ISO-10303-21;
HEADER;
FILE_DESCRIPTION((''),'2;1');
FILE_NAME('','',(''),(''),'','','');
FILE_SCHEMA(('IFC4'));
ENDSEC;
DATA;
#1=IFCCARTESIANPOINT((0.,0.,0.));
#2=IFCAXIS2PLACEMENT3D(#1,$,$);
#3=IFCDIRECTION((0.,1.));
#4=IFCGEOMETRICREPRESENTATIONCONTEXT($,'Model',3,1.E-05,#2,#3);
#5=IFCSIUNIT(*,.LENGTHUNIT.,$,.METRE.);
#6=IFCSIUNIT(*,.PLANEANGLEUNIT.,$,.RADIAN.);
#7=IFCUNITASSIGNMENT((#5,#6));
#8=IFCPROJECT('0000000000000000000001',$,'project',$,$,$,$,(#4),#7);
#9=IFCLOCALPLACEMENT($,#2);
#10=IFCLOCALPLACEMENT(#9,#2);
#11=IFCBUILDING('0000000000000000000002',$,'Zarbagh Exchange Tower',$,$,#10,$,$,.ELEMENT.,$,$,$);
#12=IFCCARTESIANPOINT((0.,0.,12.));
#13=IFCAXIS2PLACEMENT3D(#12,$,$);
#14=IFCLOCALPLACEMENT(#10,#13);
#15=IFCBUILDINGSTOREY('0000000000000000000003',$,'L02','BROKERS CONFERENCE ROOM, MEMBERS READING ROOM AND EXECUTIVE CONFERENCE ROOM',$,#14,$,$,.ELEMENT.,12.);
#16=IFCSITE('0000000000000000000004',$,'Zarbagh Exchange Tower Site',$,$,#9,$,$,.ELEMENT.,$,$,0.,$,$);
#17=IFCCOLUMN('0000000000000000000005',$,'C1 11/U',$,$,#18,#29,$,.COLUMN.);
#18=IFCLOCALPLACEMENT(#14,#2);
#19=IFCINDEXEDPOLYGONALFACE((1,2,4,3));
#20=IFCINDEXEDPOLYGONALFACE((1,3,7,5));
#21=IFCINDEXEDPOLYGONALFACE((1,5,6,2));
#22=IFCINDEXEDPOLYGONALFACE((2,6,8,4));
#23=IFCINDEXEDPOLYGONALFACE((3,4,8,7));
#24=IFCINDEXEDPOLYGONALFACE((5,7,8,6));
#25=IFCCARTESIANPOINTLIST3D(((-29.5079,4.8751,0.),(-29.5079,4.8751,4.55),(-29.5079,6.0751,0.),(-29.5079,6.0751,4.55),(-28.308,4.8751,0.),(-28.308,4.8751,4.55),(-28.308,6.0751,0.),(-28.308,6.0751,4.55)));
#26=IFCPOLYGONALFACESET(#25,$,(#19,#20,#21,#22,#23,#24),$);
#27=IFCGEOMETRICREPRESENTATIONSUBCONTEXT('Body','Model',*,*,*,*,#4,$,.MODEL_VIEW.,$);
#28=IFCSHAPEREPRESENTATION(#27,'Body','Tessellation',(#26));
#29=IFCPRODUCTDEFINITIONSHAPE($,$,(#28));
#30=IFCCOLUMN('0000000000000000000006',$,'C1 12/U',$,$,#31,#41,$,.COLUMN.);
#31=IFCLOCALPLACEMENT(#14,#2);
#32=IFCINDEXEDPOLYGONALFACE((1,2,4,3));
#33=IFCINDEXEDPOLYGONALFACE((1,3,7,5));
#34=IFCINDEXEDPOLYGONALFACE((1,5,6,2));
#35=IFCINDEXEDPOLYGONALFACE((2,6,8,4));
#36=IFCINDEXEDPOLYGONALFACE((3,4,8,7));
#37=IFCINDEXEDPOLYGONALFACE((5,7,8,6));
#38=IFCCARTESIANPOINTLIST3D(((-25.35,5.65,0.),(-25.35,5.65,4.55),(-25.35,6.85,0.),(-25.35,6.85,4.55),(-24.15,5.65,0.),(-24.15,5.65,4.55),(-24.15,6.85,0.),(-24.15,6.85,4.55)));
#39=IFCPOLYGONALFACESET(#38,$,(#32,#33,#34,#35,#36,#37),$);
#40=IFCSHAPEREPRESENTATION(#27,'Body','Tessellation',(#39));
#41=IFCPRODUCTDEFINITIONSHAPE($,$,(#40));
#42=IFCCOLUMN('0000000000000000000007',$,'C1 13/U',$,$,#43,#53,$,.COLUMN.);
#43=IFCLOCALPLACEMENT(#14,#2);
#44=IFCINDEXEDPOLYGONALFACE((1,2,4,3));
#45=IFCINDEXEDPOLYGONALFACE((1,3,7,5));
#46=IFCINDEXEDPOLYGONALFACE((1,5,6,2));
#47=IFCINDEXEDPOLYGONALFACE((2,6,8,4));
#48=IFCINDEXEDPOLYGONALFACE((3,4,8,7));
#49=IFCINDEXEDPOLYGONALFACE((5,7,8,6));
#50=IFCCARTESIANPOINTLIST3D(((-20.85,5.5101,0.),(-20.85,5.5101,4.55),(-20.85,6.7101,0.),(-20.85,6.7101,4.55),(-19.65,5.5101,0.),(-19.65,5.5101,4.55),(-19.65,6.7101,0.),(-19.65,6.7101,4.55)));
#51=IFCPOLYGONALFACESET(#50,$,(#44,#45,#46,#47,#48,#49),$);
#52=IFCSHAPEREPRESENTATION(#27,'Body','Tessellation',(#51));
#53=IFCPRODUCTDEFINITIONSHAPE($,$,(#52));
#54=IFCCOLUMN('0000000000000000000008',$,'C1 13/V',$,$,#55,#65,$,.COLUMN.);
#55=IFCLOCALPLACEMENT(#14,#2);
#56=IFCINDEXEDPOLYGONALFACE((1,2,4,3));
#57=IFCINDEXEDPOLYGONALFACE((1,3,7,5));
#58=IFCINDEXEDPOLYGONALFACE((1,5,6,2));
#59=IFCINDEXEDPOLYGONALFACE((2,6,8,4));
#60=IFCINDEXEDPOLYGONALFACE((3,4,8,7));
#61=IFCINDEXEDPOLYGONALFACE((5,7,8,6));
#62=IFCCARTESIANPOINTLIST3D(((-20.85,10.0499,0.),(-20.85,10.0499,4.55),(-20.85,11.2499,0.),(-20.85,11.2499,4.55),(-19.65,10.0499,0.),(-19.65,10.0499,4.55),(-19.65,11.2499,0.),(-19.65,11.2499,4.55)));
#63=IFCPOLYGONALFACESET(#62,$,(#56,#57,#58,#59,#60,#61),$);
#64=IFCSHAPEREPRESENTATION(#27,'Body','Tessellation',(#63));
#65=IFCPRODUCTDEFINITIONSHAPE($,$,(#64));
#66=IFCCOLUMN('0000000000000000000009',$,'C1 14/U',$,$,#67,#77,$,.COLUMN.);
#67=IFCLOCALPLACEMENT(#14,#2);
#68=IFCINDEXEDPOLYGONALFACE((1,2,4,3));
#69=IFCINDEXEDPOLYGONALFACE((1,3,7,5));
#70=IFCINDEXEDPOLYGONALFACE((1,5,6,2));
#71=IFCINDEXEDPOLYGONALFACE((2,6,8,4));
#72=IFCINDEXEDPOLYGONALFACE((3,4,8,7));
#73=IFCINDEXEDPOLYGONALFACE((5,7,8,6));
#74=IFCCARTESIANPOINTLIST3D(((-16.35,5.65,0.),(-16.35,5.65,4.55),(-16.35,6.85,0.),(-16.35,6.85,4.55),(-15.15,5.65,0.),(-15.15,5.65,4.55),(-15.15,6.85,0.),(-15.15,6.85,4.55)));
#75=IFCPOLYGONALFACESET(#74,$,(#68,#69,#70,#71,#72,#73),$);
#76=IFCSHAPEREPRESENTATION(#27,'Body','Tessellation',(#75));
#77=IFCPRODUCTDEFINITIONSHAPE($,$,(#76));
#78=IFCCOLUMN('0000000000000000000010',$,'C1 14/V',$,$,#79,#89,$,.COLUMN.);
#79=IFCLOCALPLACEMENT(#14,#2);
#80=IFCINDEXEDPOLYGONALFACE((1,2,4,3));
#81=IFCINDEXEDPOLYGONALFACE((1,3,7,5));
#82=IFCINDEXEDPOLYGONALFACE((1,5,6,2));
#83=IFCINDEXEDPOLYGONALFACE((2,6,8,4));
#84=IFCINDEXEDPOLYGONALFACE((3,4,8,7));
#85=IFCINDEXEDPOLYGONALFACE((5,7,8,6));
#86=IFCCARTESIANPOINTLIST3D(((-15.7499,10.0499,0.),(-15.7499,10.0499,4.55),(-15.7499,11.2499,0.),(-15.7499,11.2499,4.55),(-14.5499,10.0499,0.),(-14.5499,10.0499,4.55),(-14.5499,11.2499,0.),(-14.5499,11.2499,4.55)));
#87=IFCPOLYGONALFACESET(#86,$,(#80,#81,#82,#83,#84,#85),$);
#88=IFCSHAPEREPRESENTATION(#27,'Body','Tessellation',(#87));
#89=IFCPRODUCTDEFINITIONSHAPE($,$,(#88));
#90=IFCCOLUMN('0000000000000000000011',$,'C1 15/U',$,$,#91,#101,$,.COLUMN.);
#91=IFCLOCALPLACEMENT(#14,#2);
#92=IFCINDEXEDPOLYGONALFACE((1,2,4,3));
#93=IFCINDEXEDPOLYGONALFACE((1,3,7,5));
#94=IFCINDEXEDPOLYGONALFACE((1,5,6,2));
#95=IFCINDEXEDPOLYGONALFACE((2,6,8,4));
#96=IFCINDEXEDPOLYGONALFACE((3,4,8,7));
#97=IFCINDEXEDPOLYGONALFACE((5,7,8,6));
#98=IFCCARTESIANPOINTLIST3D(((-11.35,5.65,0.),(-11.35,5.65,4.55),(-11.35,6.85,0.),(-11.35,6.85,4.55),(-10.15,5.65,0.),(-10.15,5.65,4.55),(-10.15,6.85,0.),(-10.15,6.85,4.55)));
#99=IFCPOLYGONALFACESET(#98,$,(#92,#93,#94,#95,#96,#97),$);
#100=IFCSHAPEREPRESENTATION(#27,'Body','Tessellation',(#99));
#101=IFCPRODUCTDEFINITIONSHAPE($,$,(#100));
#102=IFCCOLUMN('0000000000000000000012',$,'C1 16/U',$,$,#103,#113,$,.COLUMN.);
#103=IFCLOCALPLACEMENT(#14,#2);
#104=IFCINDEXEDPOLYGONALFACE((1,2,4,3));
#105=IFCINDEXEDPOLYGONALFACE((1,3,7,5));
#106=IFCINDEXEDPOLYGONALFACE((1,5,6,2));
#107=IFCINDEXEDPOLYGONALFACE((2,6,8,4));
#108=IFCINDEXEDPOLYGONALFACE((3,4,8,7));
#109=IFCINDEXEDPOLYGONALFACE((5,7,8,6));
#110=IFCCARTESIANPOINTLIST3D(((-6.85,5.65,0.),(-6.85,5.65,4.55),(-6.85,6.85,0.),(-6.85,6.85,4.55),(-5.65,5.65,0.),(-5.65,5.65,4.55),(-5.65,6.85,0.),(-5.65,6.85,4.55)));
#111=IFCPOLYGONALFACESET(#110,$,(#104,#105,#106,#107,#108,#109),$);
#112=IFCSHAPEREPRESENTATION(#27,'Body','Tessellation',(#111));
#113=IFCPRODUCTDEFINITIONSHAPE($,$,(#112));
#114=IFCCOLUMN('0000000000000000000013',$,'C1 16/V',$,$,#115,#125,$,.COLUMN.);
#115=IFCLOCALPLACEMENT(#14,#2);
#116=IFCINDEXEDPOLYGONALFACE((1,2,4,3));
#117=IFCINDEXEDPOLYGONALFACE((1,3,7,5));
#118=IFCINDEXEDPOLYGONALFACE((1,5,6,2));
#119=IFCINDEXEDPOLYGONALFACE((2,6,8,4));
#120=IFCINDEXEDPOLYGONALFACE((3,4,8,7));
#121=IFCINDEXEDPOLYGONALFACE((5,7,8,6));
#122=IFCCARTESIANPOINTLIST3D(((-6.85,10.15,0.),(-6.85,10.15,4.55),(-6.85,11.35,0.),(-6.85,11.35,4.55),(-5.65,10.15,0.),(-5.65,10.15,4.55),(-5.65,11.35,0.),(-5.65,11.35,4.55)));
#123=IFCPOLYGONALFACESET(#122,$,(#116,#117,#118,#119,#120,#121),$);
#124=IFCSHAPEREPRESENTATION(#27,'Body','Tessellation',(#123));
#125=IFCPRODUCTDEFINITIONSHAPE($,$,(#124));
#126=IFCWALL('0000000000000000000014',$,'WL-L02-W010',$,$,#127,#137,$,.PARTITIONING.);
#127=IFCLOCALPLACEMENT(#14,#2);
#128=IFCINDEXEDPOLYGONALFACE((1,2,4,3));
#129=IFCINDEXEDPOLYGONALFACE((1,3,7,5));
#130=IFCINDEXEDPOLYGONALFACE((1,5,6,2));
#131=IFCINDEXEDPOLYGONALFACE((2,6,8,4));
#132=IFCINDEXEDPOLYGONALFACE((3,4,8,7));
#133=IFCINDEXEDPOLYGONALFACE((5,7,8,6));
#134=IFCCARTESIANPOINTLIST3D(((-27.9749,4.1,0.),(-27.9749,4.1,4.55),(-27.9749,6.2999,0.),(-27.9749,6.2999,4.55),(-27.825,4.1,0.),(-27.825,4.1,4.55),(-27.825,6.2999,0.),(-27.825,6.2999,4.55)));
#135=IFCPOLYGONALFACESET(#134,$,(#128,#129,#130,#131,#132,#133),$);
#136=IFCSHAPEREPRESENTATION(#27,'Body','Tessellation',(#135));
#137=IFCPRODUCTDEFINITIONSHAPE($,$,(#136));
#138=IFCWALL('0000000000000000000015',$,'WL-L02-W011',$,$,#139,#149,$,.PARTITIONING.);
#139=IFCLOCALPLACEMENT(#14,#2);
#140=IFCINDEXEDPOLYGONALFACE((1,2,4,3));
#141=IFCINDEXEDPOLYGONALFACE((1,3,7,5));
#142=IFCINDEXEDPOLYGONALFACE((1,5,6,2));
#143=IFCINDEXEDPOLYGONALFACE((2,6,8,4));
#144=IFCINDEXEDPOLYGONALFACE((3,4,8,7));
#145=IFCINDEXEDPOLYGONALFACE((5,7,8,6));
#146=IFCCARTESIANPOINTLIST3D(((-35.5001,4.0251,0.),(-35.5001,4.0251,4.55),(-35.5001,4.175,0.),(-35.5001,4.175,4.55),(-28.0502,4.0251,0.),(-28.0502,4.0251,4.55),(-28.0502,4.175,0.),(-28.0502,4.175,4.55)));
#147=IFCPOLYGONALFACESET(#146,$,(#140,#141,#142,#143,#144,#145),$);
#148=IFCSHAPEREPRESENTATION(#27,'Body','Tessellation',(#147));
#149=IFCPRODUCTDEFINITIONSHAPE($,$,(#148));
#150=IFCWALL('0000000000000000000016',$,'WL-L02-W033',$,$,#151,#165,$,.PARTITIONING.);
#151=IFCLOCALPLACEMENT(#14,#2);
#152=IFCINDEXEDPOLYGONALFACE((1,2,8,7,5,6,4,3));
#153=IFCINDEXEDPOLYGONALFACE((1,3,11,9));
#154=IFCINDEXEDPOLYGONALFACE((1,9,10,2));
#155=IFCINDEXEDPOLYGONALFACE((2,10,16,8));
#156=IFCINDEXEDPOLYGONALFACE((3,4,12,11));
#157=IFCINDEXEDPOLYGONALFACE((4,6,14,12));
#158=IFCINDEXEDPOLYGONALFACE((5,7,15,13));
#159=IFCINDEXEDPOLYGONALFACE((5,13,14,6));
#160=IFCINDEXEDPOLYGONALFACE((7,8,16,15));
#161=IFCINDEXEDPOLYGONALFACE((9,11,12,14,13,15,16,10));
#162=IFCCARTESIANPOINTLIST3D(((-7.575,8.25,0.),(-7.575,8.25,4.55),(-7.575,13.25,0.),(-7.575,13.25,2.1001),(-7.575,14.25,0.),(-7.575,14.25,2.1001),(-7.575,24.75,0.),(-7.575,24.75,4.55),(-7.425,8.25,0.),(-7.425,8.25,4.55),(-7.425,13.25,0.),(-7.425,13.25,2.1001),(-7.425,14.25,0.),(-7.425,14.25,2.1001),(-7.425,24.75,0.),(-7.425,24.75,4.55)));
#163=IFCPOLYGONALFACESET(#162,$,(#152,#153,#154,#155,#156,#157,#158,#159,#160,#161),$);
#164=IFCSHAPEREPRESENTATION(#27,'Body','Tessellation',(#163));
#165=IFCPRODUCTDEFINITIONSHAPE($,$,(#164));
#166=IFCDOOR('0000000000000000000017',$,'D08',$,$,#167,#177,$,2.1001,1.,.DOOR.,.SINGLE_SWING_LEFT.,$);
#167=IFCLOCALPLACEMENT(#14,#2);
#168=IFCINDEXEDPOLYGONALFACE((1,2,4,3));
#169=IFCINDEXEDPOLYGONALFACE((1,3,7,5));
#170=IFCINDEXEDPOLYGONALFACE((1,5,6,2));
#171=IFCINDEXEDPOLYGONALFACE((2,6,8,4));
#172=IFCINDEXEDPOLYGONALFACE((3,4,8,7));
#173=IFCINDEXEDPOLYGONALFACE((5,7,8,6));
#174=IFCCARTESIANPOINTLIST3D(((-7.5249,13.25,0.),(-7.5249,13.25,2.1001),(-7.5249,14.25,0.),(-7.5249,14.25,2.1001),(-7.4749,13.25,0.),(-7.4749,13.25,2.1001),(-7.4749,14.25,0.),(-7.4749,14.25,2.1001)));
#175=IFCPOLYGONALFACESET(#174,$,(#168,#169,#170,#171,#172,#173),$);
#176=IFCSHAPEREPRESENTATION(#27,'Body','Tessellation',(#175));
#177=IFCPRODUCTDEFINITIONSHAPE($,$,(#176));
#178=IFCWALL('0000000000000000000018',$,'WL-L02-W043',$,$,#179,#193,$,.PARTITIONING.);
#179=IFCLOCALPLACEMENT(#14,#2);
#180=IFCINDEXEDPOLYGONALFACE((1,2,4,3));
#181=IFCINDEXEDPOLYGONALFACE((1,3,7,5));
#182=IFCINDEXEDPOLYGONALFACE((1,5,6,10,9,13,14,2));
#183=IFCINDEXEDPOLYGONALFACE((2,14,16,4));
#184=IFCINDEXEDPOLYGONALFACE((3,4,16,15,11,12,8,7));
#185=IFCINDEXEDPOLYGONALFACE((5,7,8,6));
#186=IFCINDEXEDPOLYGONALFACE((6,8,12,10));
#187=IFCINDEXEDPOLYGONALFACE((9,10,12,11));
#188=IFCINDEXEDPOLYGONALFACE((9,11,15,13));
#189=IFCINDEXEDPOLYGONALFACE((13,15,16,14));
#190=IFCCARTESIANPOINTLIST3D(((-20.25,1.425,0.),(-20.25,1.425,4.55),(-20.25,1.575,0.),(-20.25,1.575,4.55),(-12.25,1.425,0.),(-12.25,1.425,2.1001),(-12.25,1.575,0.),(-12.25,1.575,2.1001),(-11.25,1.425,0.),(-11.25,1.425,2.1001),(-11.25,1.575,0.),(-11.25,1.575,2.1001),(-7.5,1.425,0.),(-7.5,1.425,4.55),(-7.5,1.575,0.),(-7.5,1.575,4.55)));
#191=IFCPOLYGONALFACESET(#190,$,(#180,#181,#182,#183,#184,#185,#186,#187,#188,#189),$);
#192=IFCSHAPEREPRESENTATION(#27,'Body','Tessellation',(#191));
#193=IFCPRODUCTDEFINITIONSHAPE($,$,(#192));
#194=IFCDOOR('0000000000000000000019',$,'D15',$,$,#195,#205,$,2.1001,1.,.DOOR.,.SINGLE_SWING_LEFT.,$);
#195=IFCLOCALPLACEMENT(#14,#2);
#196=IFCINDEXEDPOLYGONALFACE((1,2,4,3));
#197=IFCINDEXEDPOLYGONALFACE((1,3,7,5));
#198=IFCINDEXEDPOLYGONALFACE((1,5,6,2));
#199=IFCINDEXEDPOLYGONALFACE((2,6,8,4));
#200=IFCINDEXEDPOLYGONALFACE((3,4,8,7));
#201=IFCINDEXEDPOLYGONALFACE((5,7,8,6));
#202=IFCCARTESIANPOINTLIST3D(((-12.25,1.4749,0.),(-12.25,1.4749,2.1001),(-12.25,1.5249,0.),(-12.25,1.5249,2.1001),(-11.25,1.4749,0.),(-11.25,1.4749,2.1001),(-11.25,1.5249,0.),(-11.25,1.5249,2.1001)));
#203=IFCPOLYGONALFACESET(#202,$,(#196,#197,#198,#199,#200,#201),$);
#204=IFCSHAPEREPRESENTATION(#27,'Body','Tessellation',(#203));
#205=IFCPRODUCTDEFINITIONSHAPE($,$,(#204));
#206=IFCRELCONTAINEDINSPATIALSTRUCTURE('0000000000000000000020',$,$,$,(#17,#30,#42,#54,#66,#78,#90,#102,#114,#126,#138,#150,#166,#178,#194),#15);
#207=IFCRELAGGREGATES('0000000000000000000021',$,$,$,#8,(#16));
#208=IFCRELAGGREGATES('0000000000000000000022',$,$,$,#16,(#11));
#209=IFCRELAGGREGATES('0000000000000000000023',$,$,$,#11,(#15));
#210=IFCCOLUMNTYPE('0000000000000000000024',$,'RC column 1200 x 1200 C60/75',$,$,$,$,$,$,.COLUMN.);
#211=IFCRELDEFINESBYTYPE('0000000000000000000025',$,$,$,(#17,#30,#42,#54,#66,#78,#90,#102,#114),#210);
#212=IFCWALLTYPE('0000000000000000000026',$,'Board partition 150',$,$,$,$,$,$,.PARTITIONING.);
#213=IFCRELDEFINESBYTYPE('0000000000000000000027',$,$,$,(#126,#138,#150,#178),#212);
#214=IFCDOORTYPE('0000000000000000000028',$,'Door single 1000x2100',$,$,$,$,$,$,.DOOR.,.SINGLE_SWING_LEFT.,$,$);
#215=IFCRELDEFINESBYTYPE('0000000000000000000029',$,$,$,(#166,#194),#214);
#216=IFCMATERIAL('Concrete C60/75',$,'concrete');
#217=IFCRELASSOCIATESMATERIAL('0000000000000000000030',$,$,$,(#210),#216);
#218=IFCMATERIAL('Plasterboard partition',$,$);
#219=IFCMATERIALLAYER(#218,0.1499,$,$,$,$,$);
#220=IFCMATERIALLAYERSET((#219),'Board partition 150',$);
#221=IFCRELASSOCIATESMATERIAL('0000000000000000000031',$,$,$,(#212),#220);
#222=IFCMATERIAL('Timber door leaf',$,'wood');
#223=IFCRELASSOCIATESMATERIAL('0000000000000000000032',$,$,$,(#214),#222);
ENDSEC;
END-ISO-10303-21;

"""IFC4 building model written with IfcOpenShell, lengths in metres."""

from ifc_helpers import new_model, si_unit, direction, frame, frame_2d, origin, origin_2d, place, context, subcontext, project, spatial, rectangle, extrude, material, layer, layer_set, material_profile, profile_set, type_object, element, fill, save


model = new_model("IFC4")

# Units and contexts
model_context = context("Model", 3, precision=1e-05, world=origin(), true_north=direction((0.0, 1.0)))
body_context = subcontext(model_context, "Body", "Model", "MODEL_VIEW")
ifc_project = project(units=[si_unit("LENGTHUNIT", "METRE"), si_unit("PLANEANGLEUNIT", "RADIAN")], contexts=[model_context])

# Site, building, storey
site_placement = place(None, origin())
site = spatial("IfcSite", under=ifc_project, at=site_placement, Name="Zarbagh Exchange Tower Site", CompositionType="ELEMENT", RefElevation=0.0)
building_placement = place(site_placement, origin())
building = spatial("IfcBuilding", under=site, at=building_placement, Name="Zarbagh Exchange Tower", CompositionType="ELEMENT")
storey_placement = place(building_placement, frame((0.0, 0.0, 12.0)))
storey = spatial("IfcBuildingStorey", under=building, at=storey_placement, Name="L02", Description="BROKERS CONFERENCE ROOM, MEMBERS READING ROOM AND EXECUTIVE CONFERENCE ROOM", CompositionType="ELEMENT", Elevation=12.0)

# Columns
ifc_material_1 = material(Name="Concrete C60/75", Category="concrete")
ifc_material_profile = material_profile(ifc_material_1, rectangle(XDim=1.2, YDim=1.2, at=origin_2d()), Name="RC column 1200 x 1200 C60/75")
ifc_profile_set = profile_set([ifc_material_profile], Name="Concrete C60/75")
column_type = type_object("IfcColumnType", Name="RC column 1200 x 1200 C60/75", PredefinedType="COLUMN", material=ifc_profile_set)
for number, where, z_axis, x_axis, name in (
    (1, (-28.908, 5.4751, 0.0), (0.0, 0.0, 1.0), (1.0, 0.0, 0.0), "C1 11/U"),
    (2, (-24.75, 6.25, 0.0), (0.0, 0.0, 1.0), (1.0, 0.0, 0.0), "C1 12/U"),
    (3, (-20.25, 6.1101, 0.0), (0.0, 0.0, 1.0), (1.0, 0.0, 0.0), "C1 13/U"),
    (4, (-20.25, 10.6499, 0.0), (0.0, 0.0, 1.0), (1.0, 0.0, 0.0), "C1 13/V"),
    (5, (-15.75, 6.25, 0.0), (0.0, 0.0, 1.0), (1.0, 0.0, 0.0), "C1 14/U"),
    (6, (-15.1499, 10.6499, 0.0), (0.0, 0.0, 1.0), (1.0, 0.0, 0.0), "C1 14/V"),
    (7, (-10.75, 6.25, 0.0), (0.0, 0.0, 1.0), (1.0, 0.0, 0.0), "C1 15/U"),
    (8, (-6.25, 6.25, 0.0), (0.0, 0.0, 1.0), (1.0, 0.0, 0.0), "C1 16/U"),
    (9, (-6.25, 10.75, 0.0), (0.0, 0.0, 1.0), (1.0, 0.0, 0.0), "C1 16/V"),
):
    element("IfcColumn", number, at=place(storey_placement, frame(where, z_axis=z_axis, x_axis=x_axis)), inside=storey, type_object=column_type, Name=name, PredefinedType="COLUMN", context=body_context, shape_type="SweptSolid", body=[
        extrude(rectangle(XDim=1.2, YDim=1.2, at=origin_2d()), origin(), (0.0, 0.0, 1.0), 4.55),
    ])

# Walls
ifc_material_2 = material(Name="Plasterboard partition")
ifc_layer_1 = layer(ifc_material_2, 0.1499)
ifc_layer_set_1 = layer_set([ifc_layer_1], Name="Board partition 150")
wall_type_1 = type_object("IfcWallType", Name="Board partition 150", PredefinedType="PARTITIONING", material=ifc_layer_set_1)
wall_1_placement = place(storey_placement, frame((-27.8999, 6.3, 0.0), z_axis=(0.0, 0.0, 1.0), x_axis=(0.0, -1.0, 0.0)))
element("IfcWall", 10, at=wall_1_placement, inside=storey, type_object=wall_type_1, Name="WL-L02-W010", PredefinedType="PARTITIONING", context=body_context, shape_type="SweptSolid", body=[
    extrude(rectangle(XDim=2.2, YDim=0.1499, at=frame_2d((1.1001, 0.0))), origin(), (0.0, 0.0, 1.0), 4.55),
])
wall_2_placement = place(storey_placement, frame((-28.05, 4.1001, 0.0), z_axis=(0.0, 0.0, 1.0), x_axis=(-1.0, 0.0, 0.0)))
element("IfcWall", 11, at=wall_2_placement, inside=storey, type_object=wall_type_1, Name="WL-L02-W011", PredefinedType="PARTITIONING", context=body_context, shape_type="SweptSolid", body=[
    extrude(rectangle(XDim=7.45, YDim=0.1499, at=frame_2d((3.7251, 0.0))), origin(), (0.0, 0.0, 1.0), 4.55),
])

# Walls, openings, doors
wall_3_placement = place(storey_placement, frame((-7.5, 8.25, 0.0), z_axis=(0.0, 0.0, 1.0), x_axis=(0.0, 1.0, 0.0)))
wall_3 = element("IfcWall", 12, at=wall_3_placement, inside=storey, type_object=wall_type_1, Name="WL-L02-W033", PredefinedType="PARTITIONING", context=body_context, shape_type="SweptSolid", body=[
    extrude(rectangle(XDim=16.5, YDim=0.1499, at=frame_2d((8.25, 0.0))), origin(), (0.0, 0.0, 1.0), 4.55),
])
opening_1_placement = place(wall_3_placement, frame((5.0, 0.0, 0.0)))
opening_1 = element("IfcOpeningElement", 13, at=opening_1_placement, cuts=wall_3, PredefinedType="OPENING", context=body_context, shape_type="SweptSolid", body=[
    extrude(rectangle(XDim=1.0, YDim=2.1001, at=frame_2d((0.5, 1.05))), frame((0.0, 0.085, 0.0), z_axis=(0.0, -1.0, 0.0), x_axis=(1.0, 0.0, 0.0)), (0.0, 0.0, 1.0), 0.1699),
])
ifc_material_3 = material(Name="Timber door leaf", Category="wood")
door_type = type_object("IfcDoorType", Name="Door single 1000x2100", OperationType="SINGLE_SWING_LEFT", PredefinedType="DOOR", material=ifc_material_3)
door_1_placement = place(opening_1_placement, origin())
door_1 = element("IfcDoor", 14, at=door_1_placement, inside=storey, type_object=door_type, Name="D08", OperationType="SINGLE_SWING_LEFT", OverallHeight=2.1001, OverallWidth=1.0, PredefinedType="DOOR", context=body_context, shape_type="SweptSolid", body=[
    extrude(rectangle(XDim=1.0, YDim=2.1001, at=frame_2d((0.5, 1.05))), frame((0.0, 0.0249, 0.0), z_axis=(0.0, -1.0, 0.0), x_axis=(1.0, 0.0, 0.0)), (0.0, 0.0, 1.0), 0.05),
])
fill(opening_1, door_1)
wall_4_placement = place(storey_placement, frame((-20.25, 1.5, 0.0), z_axis=(0.0, 0.0, 1.0), x_axis=(1.0, 0.0, 0.0)))
wall_4 = element("IfcWall", 15, at=wall_4_placement, inside=storey, type_object=wall_type_1, Name="WL-L02-W043", PredefinedType="PARTITIONING", context=body_context, shape_type="SweptSolid", body=[
    extrude(rectangle(XDim=12.75, YDim=0.1499, at=frame_2d((6.375, 0.0))), origin(), (0.0, 0.0, 1.0), 4.55),
])
opening_2_placement = place(wall_4_placement, frame((8.0, 0.0, 0.0)))
opening_2 = element("IfcOpeningElement", 16, at=opening_2_placement, cuts=wall_4, PredefinedType="OPENING", context=body_context, shape_type="SweptSolid", body=[
    extrude(rectangle(XDim=1.0, YDim=2.1001, at=frame_2d((0.5, 1.05))), frame((0.0, 0.085, 0.0), z_axis=(0.0, -1.0, 0.0), x_axis=(1.0, 0.0, 0.0)), (0.0, 0.0, 1.0), 0.1699),
])
door_2_placement = place(opening_2_placement, origin())
door_2 = element("IfcDoor", 17, at=door_2_placement, inside=storey, type_object=door_type, Name="D15", OperationType="SINGLE_SWING_LEFT", OverallHeight=2.1001, OverallWidth=1.0, PredefinedType="DOOR", context=body_context, shape_type="SweptSolid", body=[
    extrude(rectangle(XDim=1.0, YDim=2.1001, at=frame_2d((0.5, 1.05))), frame((0.0, 0.0249, 0.0), z_axis=(0.0, -1.0, 0.0), x_axis=(1.0, 0.0, 0.0)), (0.0, 0.0, 1.0), 0.05),
])
fill(opening_2, door_2)

save(model, "model.ifc")
